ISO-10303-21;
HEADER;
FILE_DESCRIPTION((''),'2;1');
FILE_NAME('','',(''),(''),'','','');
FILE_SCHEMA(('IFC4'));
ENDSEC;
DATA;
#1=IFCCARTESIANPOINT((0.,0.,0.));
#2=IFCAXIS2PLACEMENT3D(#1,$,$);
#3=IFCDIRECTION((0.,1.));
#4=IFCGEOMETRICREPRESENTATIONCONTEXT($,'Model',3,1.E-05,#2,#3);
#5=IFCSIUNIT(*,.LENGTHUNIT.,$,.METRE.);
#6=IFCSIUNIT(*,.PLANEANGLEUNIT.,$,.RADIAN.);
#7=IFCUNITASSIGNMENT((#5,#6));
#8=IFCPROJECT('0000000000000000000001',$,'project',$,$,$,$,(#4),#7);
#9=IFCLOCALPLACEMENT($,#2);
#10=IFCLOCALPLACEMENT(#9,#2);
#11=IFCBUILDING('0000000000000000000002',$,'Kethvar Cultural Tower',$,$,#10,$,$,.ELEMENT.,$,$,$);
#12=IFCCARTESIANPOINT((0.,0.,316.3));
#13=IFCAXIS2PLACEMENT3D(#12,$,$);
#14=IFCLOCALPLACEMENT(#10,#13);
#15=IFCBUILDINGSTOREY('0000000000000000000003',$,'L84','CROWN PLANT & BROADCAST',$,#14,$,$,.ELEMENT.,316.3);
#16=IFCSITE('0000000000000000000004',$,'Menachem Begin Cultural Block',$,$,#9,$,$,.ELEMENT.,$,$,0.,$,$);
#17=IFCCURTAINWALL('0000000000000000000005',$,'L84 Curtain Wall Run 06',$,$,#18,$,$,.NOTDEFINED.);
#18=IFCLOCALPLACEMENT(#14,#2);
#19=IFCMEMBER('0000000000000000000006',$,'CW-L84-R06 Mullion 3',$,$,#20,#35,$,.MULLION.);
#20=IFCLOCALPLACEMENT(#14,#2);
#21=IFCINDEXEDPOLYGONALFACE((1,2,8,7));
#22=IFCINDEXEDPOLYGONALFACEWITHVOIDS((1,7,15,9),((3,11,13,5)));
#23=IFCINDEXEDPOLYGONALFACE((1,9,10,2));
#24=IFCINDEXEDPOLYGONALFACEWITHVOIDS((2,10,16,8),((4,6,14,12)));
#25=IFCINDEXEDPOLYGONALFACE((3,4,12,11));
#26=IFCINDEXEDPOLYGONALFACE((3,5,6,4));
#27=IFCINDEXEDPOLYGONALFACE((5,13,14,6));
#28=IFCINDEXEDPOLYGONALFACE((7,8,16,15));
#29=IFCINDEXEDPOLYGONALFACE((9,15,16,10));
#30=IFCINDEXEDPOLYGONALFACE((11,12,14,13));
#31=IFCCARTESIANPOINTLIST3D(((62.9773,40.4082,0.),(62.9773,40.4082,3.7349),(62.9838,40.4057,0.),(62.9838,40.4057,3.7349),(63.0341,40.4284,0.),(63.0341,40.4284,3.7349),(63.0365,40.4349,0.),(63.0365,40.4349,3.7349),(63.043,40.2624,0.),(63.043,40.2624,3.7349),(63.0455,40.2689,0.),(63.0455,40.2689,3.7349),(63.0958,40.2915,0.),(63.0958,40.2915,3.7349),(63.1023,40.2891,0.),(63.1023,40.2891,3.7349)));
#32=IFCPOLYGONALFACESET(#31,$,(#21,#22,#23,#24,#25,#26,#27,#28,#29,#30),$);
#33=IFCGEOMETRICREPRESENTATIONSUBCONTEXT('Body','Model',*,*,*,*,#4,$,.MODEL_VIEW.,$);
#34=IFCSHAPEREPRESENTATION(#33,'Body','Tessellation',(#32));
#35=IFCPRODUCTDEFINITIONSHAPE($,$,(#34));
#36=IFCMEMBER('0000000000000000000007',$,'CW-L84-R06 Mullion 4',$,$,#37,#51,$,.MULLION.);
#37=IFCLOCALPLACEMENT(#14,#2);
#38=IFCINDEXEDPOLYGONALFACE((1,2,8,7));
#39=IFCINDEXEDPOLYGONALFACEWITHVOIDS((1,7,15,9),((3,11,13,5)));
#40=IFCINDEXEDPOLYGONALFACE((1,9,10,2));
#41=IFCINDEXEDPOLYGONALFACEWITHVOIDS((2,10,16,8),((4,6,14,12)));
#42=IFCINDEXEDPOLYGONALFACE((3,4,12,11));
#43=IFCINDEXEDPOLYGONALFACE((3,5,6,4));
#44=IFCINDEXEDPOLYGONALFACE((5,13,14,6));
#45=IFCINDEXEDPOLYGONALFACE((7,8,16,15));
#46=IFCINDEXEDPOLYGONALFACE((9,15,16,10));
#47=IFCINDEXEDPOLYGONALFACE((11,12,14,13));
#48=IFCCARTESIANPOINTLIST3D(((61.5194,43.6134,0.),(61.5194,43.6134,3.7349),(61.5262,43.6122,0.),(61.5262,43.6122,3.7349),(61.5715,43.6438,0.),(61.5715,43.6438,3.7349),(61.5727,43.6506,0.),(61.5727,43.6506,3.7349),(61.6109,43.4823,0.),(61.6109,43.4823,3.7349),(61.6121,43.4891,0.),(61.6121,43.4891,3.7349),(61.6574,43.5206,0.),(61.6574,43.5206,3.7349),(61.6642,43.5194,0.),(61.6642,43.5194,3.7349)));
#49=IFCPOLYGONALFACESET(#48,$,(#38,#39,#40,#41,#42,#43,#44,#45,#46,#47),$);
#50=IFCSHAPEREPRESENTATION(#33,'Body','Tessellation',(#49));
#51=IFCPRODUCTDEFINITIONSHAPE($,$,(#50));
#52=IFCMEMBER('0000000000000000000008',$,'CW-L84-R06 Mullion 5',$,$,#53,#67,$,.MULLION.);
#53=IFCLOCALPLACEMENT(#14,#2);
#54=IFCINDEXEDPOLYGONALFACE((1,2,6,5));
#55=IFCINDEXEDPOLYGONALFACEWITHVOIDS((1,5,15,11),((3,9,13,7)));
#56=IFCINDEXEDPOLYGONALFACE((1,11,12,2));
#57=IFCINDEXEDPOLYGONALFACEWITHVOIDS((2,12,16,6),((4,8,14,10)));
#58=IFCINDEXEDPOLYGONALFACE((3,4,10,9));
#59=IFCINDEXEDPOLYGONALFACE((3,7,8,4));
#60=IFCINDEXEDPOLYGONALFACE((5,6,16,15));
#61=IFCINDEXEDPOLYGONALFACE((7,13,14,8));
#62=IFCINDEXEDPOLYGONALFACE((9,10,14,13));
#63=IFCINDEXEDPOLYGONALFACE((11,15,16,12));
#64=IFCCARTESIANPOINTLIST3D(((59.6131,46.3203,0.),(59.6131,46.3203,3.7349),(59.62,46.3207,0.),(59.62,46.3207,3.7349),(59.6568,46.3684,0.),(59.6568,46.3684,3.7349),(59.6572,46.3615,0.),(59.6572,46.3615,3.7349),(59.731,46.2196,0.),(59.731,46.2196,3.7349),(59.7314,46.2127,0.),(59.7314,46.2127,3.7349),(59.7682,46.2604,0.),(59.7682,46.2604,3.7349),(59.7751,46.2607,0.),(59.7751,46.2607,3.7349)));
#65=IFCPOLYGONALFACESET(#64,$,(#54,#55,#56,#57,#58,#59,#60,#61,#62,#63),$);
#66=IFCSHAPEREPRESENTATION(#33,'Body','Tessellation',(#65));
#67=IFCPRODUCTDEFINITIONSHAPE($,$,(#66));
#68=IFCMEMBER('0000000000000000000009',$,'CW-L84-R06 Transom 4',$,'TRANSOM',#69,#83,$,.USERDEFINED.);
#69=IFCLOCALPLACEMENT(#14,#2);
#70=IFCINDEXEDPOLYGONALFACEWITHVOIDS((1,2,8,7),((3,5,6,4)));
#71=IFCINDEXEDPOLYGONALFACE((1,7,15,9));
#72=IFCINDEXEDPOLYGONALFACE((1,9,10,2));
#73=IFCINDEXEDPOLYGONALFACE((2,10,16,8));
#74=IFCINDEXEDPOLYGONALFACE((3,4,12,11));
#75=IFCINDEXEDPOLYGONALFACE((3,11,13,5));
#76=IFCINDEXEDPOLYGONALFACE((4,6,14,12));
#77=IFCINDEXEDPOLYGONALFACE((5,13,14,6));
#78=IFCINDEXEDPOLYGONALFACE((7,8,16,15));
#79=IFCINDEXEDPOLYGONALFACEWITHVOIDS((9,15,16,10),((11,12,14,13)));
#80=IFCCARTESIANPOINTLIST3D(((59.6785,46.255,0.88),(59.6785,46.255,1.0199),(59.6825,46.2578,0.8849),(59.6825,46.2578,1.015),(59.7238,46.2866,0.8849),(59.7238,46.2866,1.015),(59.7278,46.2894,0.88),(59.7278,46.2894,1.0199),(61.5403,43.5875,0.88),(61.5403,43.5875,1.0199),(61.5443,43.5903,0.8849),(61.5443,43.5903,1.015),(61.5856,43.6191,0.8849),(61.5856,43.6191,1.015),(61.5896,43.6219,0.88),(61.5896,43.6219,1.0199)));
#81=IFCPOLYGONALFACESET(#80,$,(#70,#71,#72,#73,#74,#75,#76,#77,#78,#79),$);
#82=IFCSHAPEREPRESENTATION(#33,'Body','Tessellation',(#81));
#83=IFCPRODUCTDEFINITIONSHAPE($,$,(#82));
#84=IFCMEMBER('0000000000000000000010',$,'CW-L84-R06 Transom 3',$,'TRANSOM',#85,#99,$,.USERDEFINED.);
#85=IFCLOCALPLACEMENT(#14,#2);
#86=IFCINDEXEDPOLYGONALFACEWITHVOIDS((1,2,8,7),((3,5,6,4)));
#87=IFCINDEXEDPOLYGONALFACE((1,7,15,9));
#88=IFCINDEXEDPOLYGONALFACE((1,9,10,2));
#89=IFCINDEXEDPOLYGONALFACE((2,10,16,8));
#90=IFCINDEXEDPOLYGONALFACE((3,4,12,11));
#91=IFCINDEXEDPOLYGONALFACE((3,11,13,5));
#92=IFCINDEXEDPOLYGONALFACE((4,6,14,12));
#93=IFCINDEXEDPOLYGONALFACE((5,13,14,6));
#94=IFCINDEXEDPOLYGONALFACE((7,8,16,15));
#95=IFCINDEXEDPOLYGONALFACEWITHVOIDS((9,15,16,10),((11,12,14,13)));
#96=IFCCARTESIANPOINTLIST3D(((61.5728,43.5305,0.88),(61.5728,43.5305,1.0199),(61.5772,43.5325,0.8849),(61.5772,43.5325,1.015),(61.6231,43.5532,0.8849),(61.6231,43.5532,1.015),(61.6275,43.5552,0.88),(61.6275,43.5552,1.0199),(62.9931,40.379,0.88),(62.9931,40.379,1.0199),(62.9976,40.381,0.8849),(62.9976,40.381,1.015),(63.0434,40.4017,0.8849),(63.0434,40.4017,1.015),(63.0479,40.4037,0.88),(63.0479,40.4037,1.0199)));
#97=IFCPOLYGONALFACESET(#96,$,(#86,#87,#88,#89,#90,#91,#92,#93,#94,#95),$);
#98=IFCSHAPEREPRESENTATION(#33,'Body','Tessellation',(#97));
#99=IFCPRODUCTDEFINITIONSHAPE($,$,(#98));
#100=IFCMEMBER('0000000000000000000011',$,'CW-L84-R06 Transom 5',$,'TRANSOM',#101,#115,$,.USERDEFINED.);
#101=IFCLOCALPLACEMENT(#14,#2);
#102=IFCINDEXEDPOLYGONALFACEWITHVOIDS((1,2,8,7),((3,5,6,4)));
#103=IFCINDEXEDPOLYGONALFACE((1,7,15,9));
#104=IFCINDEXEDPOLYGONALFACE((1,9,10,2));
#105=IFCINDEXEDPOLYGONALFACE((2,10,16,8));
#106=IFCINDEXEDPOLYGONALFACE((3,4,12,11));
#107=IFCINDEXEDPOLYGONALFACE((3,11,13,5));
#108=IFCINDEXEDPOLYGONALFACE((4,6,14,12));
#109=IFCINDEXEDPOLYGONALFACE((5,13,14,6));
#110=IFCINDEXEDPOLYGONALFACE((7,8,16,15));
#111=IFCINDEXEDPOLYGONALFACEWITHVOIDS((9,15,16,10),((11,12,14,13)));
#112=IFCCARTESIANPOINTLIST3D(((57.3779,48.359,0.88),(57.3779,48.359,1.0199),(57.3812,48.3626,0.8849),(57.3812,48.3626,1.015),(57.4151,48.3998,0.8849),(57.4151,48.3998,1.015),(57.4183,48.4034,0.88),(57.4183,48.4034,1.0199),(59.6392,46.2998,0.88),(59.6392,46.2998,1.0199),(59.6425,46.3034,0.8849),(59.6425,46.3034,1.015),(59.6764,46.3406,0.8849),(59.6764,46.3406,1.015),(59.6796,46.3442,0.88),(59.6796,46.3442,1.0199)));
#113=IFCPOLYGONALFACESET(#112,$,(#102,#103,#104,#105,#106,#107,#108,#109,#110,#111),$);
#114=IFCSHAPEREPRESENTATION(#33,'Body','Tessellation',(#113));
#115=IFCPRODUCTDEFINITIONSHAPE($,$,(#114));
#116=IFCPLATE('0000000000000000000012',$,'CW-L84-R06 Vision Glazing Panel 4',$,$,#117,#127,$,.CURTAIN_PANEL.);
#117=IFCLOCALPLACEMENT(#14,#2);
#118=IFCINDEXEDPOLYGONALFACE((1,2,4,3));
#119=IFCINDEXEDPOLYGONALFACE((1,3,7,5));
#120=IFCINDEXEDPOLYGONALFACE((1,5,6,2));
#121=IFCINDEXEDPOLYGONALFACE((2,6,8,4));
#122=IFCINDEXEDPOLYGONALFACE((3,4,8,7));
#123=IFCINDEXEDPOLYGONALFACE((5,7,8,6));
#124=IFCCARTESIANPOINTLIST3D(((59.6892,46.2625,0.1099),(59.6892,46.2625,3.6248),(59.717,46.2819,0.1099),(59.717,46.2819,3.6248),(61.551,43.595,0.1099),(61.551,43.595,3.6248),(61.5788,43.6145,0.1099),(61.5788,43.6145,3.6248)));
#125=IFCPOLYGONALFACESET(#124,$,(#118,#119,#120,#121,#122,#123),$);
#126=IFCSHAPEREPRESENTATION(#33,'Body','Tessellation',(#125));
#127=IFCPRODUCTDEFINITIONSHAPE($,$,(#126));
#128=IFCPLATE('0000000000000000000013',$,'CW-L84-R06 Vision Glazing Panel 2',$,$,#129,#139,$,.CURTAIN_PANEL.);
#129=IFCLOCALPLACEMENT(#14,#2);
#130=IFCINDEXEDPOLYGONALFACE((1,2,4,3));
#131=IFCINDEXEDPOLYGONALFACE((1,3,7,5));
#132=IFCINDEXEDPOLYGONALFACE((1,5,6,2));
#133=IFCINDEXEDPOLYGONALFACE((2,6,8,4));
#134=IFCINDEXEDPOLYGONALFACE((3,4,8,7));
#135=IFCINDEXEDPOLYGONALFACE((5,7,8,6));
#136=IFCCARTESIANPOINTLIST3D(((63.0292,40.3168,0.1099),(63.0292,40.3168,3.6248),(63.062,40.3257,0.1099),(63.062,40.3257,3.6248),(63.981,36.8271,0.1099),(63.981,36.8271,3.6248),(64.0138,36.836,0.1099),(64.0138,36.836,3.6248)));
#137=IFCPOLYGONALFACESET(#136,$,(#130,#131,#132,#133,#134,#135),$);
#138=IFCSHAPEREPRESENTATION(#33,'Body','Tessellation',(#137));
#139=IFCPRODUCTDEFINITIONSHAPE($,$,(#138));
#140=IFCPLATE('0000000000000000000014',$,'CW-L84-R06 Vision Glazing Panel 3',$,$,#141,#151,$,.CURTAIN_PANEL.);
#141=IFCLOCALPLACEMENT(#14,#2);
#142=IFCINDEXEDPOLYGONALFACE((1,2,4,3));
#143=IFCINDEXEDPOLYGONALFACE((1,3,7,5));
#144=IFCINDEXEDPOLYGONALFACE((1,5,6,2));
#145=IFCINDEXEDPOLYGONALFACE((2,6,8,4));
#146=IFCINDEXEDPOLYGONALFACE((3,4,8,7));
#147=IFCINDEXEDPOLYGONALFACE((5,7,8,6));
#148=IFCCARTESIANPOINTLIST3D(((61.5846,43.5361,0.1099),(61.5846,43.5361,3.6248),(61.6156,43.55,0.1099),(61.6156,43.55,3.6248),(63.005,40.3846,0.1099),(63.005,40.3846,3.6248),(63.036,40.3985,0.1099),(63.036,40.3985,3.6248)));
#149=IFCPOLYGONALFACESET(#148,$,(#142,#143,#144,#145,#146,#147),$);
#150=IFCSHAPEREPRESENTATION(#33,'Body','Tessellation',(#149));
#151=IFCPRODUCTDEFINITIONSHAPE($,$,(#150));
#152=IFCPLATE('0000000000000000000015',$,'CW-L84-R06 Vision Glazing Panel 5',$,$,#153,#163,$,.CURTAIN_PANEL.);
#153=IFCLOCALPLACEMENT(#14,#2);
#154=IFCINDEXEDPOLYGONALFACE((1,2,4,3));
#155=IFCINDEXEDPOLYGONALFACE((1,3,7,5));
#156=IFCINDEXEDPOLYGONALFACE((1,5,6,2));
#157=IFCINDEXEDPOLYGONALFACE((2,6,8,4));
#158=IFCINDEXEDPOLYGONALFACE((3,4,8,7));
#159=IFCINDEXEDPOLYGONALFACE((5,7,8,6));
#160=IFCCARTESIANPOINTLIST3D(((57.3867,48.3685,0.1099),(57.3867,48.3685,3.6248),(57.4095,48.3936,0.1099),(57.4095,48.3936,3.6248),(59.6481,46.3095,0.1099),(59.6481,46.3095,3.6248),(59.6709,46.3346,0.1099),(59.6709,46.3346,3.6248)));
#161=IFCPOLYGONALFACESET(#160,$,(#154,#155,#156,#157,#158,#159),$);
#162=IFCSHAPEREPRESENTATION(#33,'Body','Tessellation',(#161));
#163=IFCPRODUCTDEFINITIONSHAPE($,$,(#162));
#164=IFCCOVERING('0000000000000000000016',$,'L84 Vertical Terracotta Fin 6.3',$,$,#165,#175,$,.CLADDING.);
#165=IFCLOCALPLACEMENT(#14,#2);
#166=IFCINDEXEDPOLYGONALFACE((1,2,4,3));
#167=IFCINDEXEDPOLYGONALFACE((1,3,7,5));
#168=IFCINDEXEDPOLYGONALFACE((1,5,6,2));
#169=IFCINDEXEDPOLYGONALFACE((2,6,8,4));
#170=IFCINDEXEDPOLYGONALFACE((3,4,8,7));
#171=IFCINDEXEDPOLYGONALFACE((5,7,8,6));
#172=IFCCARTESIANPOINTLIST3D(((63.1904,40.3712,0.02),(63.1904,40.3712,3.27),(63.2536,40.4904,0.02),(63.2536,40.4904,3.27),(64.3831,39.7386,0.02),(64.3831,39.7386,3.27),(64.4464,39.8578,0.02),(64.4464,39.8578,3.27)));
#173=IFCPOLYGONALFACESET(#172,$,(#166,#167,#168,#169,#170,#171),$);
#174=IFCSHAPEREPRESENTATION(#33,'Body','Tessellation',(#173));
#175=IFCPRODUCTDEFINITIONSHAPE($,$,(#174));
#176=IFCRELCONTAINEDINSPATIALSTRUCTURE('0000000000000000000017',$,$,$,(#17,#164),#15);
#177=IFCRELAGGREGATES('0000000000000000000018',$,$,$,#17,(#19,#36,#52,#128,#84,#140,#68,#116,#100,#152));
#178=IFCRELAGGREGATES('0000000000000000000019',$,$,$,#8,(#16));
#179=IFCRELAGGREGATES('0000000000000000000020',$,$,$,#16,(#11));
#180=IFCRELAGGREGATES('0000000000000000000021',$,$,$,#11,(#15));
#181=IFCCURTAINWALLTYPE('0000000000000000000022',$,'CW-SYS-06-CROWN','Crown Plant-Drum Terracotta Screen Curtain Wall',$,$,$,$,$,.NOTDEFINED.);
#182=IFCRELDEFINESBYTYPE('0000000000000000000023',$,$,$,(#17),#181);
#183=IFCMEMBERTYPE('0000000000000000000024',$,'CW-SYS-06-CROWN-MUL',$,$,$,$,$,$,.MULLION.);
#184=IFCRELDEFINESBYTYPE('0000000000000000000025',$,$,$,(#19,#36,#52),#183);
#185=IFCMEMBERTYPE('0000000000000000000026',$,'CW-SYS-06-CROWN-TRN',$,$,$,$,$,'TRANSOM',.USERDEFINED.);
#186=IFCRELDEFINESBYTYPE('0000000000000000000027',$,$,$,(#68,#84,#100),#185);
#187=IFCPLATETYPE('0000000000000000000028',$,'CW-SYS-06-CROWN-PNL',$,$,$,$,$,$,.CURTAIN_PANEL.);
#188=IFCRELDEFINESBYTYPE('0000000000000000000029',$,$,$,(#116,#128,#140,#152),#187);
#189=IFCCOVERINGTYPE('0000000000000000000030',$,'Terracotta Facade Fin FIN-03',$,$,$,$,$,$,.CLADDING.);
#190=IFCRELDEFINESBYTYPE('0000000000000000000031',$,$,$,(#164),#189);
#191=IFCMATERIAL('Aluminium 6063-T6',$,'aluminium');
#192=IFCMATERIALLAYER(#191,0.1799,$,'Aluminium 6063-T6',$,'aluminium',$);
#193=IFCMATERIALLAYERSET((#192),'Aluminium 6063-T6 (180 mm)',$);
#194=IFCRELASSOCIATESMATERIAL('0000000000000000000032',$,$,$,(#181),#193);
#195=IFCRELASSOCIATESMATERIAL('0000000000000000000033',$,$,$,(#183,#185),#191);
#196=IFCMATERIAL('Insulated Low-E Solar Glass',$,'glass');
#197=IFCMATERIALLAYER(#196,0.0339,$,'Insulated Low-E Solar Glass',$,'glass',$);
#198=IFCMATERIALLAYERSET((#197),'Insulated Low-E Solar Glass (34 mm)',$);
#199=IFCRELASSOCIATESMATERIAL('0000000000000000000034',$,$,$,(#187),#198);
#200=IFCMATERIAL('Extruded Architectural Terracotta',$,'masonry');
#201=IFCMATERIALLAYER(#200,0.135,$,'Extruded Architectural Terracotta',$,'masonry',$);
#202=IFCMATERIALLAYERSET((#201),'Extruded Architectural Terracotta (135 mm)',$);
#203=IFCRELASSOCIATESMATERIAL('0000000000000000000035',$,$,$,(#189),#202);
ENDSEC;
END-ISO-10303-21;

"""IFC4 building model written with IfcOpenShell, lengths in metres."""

from ifc_helpers import new_model, si_unit, direction, frame, origin, origin_2d, place, context, subcontext, project, spatial, rectangle, hollow_rectangle, extrude, source, transform, mapped, material, layer, layer_set, material_profile, profile_set, type_object, element, aggregate, save


model = new_model("IFC4")

# Units and contexts
model_context = context("Model", 3, precision=1e-05, world=origin(), true_north=direction((0.0, 1.0)))
body_context = subcontext(model_context, "Body", "Model", "MODEL_VIEW")
ifc_project = project(units=[si_unit("LENGTHUNIT", "METRE"), si_unit("PLANEANGLEUNIT", "RADIAN")], contexts=[model_context])

# Site, building, storey
site_placement = place(None, origin())
site = spatial("IfcSite", under=ifc_project, at=site_placement, Name="Menachem Begin Cultural Block", CompositionType="ELEMENT", RefElevation=0.0)
building_placement = place(site_placement, origin())
building = spatial("IfcBuilding", under=site, at=building_placement, Name="Kethvar Cultural Tower", CompositionType="ELEMENT")
storey_placement = place(building_placement, frame((0.0, 0.0, 316.3)))
storey = spatial("IfcBuildingStorey", under=building, at=storey_placement, Name="L84", Description="CROWN PLANT & BROADCAST", CompositionType="ELEMENT", Elevation=316.3)

# Curtain wall, members, plates
ifc_material_1 = material(Name="Aluminium 6063-T6", Category="aluminium")
ifc_layer_1 = layer(ifc_material_1, 0.1799, Name="Aluminium 6063-T6", Category="aluminium")
ifc_layer_set_1 = layer_set([ifc_layer_1], Name="Aluminium 6063-T6 (180 mm)")
curtain_wall_type = type_object("IfcCurtainWallType", Name="CW-SYS-06-CROWN", Description="Crown Plant-Drum Terracotta Screen Curtain Wall", PredefinedType="NOTDEFINED", material=ifc_layer_set_1)
curtain_wall_placement = place(storey_placement, origin())
curtain_wall = element("IfcCurtainWall", 1, at=curtain_wall_placement, inside=storey, type_object=curtain_wall_type, Name="L84 Curtain Wall Run 06", PredefinedType="NOTDEFINED")
ifc_material_profile_1 = material_profile(ifc_material_1, hollow_rectangle(XDim=0.0649, YDim=0.1599, WallThickness=0.0049, at=origin_2d()), Name="Aluminium 6063-T6 — RHS160x65x5")
ifc_profile_set_1 = profile_set([ifc_material_profile_1], Name="Aluminium 6063-T6 — RHS160x65x5")
member_type_1 = type_object("IfcMemberType", Name="CW-SYS-06-CROWN-MUL", PredefinedType="MULLION", material=ifc_profile_set_1)
shared_shape_1 = source(origin(), body_context, "Body", "SweptSolid", [
    extrude(hollow_rectangle(XDim=0.0649, YDim=0.1599, WallThickness=0.0049, at=origin_2d()), origin(), (0.0, 0.0, 1.0), 3.7349),
])
member_1_placement = place(storey_placement, frame((63.0398, 40.3486, 0.0), z_axis=(0.0, 0.0, 1.0), x_axis=(-0.911683, -0.410894, 0.0)))
member_1 = element("IfcMember", 2, at=member_1_placement, type_object=member_type_1, Name="CW-L84-R06 Mullion 3", PredefinedType="MULLION", context=body_context, shape_type="MappedRepresentation", body=[
    mapped(shared_shape_1, transform((0.0, 0.0, 0.0), scale=1.0)),
])
member_2_placement = place(storey_placement, frame((61.5918, 43.5664, 0.0), z_axis=(0.0, 0.0, 1.0), x_axis=(-0.820012, -0.572346, 0.0)))
member_2 = element("IfcMember", 3, at=member_2_placement, type_object=member_type_1, Name="CW-L84-R06 Mullion 4", PredefinedType="MULLION", context=body_context, shape_type="MappedRepresentation", body=[
    mapped(shared_shape_1, transform((0.0, 0.0, 0.0), scale=1.0)),
])
member_3_placement = place(storey_placement, frame((59.6941, 46.2905, 0.0), z_axis=(0.0, 0.0, 1.0), x_axis=(-0.673258, -0.739408, 0.0)))
member_3 = element("IfcMember", 4, at=member_3_placement, type_object=member_type_1, Name="CW-L84-R06 Mullion 5", PredefinedType="MULLION", context=body_context, shape_type="MappedRepresentation", body=[
    mapped(shared_shape_1, transform((0.0, 0.0, 0.0), scale=1.0)),
])
ifc_material_profile_2 = material_profile(ifc_material_1, hollow_rectangle(XDim=0.0601, YDim=0.1399, WallThickness=0.0049, at=origin_2d()), Name="Aluminium 6063-T6 — RHS140x60x5")
ifc_profile_set_2 = profile_set([ifc_material_profile_2], Name="Aluminium 6063-T6 — RHS140x60x5")
member_type_2 = type_object("IfcMemberType", Name="CW-SYS-06-CROWN-TRN", ElementType="TRANSOM", PredefinedType="USERDEFINED", material=ifc_profile_set_2)
shared_shape_2 = source(origin(), body_context, "Body", "SweptSolid", [
    extrude(hollow_rectangle(XDim=0.0601, YDim=0.1399, WallThickness=0.0049, at=origin_2d()), origin(), (0.0, 0.0, 1.0), 3.2529),
])
member_4_placement = place(storey_placement, frame((61.5649, 43.6047, 0.95), z_axis=(-0.572344, 0.820014, 0.0), x_axis=(-0.820014, -0.572344, 0.0)))
member_4 = element("IfcMember", 5, at=member_4_placement, type_object=member_type_2, Name="CW-L84-R06 Transom 4", ObjectType="TRANSOM", PredefinedType="USERDEFINED", context=body_context, shape_type="MappedRepresentation", body=[
    mapped(shared_shape_2, transform((0.0, 0.0, 0.0), scale=1.0)),
])
shared_shape_3 = source(origin(), body_context, "Body", "SweptSolid", [
    extrude(hollow_rectangle(XDim=0.0601, YDim=0.1399, WallThickness=0.0049, at=origin_2d()), origin(), (0.0, 0.0, 1.0), 3.4568),
])
member_5_placement = place(storey_placement, frame((63.0205, 40.3914, 0.95), z_axis=(-0.41089, 0.911685, 0.0), x_axis=(-0.911685, -0.41089, 0.0)))
member_5 = element("IfcMember", 6, at=member_5_placement, type_object=member_type_2, Name="CW-L84-R06 Transom 3", ObjectType="TRANSOM", PredefinedType="USERDEFINED", context=body_context, shape_type="MappedRepresentation", body=[
    mapped(shared_shape_3, transform((0.0, 0.0, 0.0), scale=1.0)),
])
shared_shape_4 = source(origin(), body_context, "Body", "SweptSolid", [
    extrude(hollow_rectangle(XDim=0.0601, YDim=0.1399, WallThickness=0.0049, at=origin_2d()), origin(), (0.0, 0.0, 1.0), 3.0583),
])
member_6_placement = place(storey_placement, frame((59.6594, 46.322, 0.95), z_axis=(-0.739384, 0.673284, 0.0), x_axis=(-0.673284, -0.739384, 0.0)))
member_6 = element("IfcMember", 7, at=member_6_placement, type_object=member_type_2, Name="CW-L84-R06 Transom 5", ObjectType="TRANSOM", PredefinedType="USERDEFINED", context=body_context, shape_type="MappedRepresentation", body=[
    mapped(shared_shape_4, transform((0.0, 0.0, 0.0), scale=1.0)),
])
ifc_material_2 = material(Name="Insulated Low-E Solar Glass", Category="glass")
ifc_layer_2 = layer(ifc_material_2, 0.0339, Name="Insulated Low-E Solar Glass", Category="glass")
ifc_layer_set_2 = layer_set([ifc_layer_2], Name="Insulated Low-E Solar Glass (34 mm)")
plate_type = type_object("IfcPlateType", Name="CW-SYS-06-CROWN-PNL", PredefinedType="CURTAIN_PANEL", material=ifc_layer_set_2)
shared_shape_5 = source(origin(), body_context, "Body", "SweptSolid", [
    extrude(rectangle(XDim=3.2529, YDim=0.0339, at=origin_2d()), origin(), (0.0, 0.0, 1.0), 3.5149),
])
plate_1_placement = place(storey_placement, frame((60.634, 44.9385, 0.1099), z_axis=(0.0, 0.0, 1.0), x_axis=(-0.572346, 0.820012, 0.0)))
plate_1 = element("IfcPlate", 8, at=plate_1_placement, type_object=plate_type, Name="CW-L84-R06 Vision Glazing Panel 4", PredefinedType="CURTAIN_PANEL", context=body_context, shape_type="MappedRepresentation", body=[
    mapped(shared_shape_5, transform((0.0, 0.0, 0.0), scale=1.0)),
])
shared_shape_6 = source(origin(), body_context, "Body", "SweptSolid", [
    extrude(rectangle(XDim=3.6172, YDim=0.0339, at=origin_2d()), origin(), (0.0, 0.0, 1.0), 3.5149),
])
plate_2_placement = place(storey_placement, frame((63.5215, 38.5764, 0.1099), z_axis=(0.0, 0.0, 1.0), x_axis=(-0.263132, 0.96476, 0.0)))
plate_2 = element("IfcPlate", 9, at=plate_2_placement, type_object=plate_type, Name="CW-L84-R06 Vision Glazing Panel 2", PredefinedType="CURTAIN_PANEL", context=body_context, shape_type="MappedRepresentation", body=[
    mapped(shared_shape_6, transform((0.0, 0.0, 0.0), scale=1.0)),
])
shared_shape_7 = source(origin(), body_context, "Body", "SweptSolid", [
    extrude(rectangle(XDim=3.4568, YDim=0.0339, at=origin_2d()), origin(), (0.0, 0.0, 1.0), 3.5149),
])
plate_3_placement = place(storey_placement, frame((62.3103, 41.9673, 0.1099), z_axis=(0.0, 0.0, 1.0), x_axis=(-0.410894, 0.911683, 0.0)))
plate_3 = element("IfcPlate", 10, at=plate_3_placement, type_object=plate_type, Name="CW-L84-R06 Vision Glazing Panel 3", PredefinedType="CURTAIN_PANEL", context=body_context, shape_type="MappedRepresentation", body=[
    mapped(shared_shape_7, transform((0.0, 0.0, 0.0), scale=1.0)),
])
shared_shape_8 = source(origin(), body_context, "Body", "SweptSolid", [
    extrude(rectangle(XDim=3.0583, YDim=0.0339, at=origin_2d()), origin(), (0.0, 0.0, 1.0), 3.5149),
])
plate_4_placement = place(storey_placement, frame((58.5288, 47.3516, 0.1099), z_axis=(0.0, 0.0, 1.0), x_axis=(-0.739408, 0.673258, 0.0)))
plate_4 = element("IfcPlate", 11, at=plate_4_placement, type_object=plate_type, Name="CW-L84-R06 Vision Glazing Panel 5", PredefinedType="CURTAIN_PANEL", context=body_context, shape_type="MappedRepresentation", body=[
    mapped(shared_shape_8, transform((0.0, 0.0, 0.0), scale=1.0)),
])
aggregate(curtain_wall, [member_1, member_2, member_3, plate_2, member_5, plate_3, member_4, plate_1, member_6, plate_4])

# Covering
ifc_material_3 = material(Name="Extruded Architectural Terracotta", Category="masonry")
ifc_layer_3 = layer(ifc_material_3, 0.135, Name="Extruded Architectural Terracotta", Category="masonry")
ifc_layer_set_3 = layer_set([ifc_layer_3], Name="Extruded Architectural Terracotta (135 mm)")
covering_type = type_object("IfcCoveringType", Name="Terracotta Facade Fin FIN-03", PredefinedType="CLADDING", material=ifc_layer_set_3)
shared_shape_9 = source(origin(), body_context, "Body", "SweptSolid", [
    extrude(rectangle(XDim=1.3501, YDim=0.135, at=origin_2d()), origin(), (0.0, 0.0, 1.0), 3.25),
])
for number, where, z_axis, x_axis, name in (
    (12, (63.8184, 40.1145, 0.02), (0.0, 0.0, 1.0), (0.883439, -0.468547, 0.0), "L84 Vertical Terracotta Fin 6.3"),
):
    element("IfcCovering", number, at=place(storey_placement, frame(where, z_axis=z_axis, x_axis=x_axis)), inside=storey, type_object=covering_type, Name=name, PredefinedType="CLADDING", context=body_context, shape_type="MappedRepresentation", body=[
        mapped(shared_shape_9, transform((0.0, 0.0, 0.0), scale=1.0)),
    ])

save(model, "model.ifc")
